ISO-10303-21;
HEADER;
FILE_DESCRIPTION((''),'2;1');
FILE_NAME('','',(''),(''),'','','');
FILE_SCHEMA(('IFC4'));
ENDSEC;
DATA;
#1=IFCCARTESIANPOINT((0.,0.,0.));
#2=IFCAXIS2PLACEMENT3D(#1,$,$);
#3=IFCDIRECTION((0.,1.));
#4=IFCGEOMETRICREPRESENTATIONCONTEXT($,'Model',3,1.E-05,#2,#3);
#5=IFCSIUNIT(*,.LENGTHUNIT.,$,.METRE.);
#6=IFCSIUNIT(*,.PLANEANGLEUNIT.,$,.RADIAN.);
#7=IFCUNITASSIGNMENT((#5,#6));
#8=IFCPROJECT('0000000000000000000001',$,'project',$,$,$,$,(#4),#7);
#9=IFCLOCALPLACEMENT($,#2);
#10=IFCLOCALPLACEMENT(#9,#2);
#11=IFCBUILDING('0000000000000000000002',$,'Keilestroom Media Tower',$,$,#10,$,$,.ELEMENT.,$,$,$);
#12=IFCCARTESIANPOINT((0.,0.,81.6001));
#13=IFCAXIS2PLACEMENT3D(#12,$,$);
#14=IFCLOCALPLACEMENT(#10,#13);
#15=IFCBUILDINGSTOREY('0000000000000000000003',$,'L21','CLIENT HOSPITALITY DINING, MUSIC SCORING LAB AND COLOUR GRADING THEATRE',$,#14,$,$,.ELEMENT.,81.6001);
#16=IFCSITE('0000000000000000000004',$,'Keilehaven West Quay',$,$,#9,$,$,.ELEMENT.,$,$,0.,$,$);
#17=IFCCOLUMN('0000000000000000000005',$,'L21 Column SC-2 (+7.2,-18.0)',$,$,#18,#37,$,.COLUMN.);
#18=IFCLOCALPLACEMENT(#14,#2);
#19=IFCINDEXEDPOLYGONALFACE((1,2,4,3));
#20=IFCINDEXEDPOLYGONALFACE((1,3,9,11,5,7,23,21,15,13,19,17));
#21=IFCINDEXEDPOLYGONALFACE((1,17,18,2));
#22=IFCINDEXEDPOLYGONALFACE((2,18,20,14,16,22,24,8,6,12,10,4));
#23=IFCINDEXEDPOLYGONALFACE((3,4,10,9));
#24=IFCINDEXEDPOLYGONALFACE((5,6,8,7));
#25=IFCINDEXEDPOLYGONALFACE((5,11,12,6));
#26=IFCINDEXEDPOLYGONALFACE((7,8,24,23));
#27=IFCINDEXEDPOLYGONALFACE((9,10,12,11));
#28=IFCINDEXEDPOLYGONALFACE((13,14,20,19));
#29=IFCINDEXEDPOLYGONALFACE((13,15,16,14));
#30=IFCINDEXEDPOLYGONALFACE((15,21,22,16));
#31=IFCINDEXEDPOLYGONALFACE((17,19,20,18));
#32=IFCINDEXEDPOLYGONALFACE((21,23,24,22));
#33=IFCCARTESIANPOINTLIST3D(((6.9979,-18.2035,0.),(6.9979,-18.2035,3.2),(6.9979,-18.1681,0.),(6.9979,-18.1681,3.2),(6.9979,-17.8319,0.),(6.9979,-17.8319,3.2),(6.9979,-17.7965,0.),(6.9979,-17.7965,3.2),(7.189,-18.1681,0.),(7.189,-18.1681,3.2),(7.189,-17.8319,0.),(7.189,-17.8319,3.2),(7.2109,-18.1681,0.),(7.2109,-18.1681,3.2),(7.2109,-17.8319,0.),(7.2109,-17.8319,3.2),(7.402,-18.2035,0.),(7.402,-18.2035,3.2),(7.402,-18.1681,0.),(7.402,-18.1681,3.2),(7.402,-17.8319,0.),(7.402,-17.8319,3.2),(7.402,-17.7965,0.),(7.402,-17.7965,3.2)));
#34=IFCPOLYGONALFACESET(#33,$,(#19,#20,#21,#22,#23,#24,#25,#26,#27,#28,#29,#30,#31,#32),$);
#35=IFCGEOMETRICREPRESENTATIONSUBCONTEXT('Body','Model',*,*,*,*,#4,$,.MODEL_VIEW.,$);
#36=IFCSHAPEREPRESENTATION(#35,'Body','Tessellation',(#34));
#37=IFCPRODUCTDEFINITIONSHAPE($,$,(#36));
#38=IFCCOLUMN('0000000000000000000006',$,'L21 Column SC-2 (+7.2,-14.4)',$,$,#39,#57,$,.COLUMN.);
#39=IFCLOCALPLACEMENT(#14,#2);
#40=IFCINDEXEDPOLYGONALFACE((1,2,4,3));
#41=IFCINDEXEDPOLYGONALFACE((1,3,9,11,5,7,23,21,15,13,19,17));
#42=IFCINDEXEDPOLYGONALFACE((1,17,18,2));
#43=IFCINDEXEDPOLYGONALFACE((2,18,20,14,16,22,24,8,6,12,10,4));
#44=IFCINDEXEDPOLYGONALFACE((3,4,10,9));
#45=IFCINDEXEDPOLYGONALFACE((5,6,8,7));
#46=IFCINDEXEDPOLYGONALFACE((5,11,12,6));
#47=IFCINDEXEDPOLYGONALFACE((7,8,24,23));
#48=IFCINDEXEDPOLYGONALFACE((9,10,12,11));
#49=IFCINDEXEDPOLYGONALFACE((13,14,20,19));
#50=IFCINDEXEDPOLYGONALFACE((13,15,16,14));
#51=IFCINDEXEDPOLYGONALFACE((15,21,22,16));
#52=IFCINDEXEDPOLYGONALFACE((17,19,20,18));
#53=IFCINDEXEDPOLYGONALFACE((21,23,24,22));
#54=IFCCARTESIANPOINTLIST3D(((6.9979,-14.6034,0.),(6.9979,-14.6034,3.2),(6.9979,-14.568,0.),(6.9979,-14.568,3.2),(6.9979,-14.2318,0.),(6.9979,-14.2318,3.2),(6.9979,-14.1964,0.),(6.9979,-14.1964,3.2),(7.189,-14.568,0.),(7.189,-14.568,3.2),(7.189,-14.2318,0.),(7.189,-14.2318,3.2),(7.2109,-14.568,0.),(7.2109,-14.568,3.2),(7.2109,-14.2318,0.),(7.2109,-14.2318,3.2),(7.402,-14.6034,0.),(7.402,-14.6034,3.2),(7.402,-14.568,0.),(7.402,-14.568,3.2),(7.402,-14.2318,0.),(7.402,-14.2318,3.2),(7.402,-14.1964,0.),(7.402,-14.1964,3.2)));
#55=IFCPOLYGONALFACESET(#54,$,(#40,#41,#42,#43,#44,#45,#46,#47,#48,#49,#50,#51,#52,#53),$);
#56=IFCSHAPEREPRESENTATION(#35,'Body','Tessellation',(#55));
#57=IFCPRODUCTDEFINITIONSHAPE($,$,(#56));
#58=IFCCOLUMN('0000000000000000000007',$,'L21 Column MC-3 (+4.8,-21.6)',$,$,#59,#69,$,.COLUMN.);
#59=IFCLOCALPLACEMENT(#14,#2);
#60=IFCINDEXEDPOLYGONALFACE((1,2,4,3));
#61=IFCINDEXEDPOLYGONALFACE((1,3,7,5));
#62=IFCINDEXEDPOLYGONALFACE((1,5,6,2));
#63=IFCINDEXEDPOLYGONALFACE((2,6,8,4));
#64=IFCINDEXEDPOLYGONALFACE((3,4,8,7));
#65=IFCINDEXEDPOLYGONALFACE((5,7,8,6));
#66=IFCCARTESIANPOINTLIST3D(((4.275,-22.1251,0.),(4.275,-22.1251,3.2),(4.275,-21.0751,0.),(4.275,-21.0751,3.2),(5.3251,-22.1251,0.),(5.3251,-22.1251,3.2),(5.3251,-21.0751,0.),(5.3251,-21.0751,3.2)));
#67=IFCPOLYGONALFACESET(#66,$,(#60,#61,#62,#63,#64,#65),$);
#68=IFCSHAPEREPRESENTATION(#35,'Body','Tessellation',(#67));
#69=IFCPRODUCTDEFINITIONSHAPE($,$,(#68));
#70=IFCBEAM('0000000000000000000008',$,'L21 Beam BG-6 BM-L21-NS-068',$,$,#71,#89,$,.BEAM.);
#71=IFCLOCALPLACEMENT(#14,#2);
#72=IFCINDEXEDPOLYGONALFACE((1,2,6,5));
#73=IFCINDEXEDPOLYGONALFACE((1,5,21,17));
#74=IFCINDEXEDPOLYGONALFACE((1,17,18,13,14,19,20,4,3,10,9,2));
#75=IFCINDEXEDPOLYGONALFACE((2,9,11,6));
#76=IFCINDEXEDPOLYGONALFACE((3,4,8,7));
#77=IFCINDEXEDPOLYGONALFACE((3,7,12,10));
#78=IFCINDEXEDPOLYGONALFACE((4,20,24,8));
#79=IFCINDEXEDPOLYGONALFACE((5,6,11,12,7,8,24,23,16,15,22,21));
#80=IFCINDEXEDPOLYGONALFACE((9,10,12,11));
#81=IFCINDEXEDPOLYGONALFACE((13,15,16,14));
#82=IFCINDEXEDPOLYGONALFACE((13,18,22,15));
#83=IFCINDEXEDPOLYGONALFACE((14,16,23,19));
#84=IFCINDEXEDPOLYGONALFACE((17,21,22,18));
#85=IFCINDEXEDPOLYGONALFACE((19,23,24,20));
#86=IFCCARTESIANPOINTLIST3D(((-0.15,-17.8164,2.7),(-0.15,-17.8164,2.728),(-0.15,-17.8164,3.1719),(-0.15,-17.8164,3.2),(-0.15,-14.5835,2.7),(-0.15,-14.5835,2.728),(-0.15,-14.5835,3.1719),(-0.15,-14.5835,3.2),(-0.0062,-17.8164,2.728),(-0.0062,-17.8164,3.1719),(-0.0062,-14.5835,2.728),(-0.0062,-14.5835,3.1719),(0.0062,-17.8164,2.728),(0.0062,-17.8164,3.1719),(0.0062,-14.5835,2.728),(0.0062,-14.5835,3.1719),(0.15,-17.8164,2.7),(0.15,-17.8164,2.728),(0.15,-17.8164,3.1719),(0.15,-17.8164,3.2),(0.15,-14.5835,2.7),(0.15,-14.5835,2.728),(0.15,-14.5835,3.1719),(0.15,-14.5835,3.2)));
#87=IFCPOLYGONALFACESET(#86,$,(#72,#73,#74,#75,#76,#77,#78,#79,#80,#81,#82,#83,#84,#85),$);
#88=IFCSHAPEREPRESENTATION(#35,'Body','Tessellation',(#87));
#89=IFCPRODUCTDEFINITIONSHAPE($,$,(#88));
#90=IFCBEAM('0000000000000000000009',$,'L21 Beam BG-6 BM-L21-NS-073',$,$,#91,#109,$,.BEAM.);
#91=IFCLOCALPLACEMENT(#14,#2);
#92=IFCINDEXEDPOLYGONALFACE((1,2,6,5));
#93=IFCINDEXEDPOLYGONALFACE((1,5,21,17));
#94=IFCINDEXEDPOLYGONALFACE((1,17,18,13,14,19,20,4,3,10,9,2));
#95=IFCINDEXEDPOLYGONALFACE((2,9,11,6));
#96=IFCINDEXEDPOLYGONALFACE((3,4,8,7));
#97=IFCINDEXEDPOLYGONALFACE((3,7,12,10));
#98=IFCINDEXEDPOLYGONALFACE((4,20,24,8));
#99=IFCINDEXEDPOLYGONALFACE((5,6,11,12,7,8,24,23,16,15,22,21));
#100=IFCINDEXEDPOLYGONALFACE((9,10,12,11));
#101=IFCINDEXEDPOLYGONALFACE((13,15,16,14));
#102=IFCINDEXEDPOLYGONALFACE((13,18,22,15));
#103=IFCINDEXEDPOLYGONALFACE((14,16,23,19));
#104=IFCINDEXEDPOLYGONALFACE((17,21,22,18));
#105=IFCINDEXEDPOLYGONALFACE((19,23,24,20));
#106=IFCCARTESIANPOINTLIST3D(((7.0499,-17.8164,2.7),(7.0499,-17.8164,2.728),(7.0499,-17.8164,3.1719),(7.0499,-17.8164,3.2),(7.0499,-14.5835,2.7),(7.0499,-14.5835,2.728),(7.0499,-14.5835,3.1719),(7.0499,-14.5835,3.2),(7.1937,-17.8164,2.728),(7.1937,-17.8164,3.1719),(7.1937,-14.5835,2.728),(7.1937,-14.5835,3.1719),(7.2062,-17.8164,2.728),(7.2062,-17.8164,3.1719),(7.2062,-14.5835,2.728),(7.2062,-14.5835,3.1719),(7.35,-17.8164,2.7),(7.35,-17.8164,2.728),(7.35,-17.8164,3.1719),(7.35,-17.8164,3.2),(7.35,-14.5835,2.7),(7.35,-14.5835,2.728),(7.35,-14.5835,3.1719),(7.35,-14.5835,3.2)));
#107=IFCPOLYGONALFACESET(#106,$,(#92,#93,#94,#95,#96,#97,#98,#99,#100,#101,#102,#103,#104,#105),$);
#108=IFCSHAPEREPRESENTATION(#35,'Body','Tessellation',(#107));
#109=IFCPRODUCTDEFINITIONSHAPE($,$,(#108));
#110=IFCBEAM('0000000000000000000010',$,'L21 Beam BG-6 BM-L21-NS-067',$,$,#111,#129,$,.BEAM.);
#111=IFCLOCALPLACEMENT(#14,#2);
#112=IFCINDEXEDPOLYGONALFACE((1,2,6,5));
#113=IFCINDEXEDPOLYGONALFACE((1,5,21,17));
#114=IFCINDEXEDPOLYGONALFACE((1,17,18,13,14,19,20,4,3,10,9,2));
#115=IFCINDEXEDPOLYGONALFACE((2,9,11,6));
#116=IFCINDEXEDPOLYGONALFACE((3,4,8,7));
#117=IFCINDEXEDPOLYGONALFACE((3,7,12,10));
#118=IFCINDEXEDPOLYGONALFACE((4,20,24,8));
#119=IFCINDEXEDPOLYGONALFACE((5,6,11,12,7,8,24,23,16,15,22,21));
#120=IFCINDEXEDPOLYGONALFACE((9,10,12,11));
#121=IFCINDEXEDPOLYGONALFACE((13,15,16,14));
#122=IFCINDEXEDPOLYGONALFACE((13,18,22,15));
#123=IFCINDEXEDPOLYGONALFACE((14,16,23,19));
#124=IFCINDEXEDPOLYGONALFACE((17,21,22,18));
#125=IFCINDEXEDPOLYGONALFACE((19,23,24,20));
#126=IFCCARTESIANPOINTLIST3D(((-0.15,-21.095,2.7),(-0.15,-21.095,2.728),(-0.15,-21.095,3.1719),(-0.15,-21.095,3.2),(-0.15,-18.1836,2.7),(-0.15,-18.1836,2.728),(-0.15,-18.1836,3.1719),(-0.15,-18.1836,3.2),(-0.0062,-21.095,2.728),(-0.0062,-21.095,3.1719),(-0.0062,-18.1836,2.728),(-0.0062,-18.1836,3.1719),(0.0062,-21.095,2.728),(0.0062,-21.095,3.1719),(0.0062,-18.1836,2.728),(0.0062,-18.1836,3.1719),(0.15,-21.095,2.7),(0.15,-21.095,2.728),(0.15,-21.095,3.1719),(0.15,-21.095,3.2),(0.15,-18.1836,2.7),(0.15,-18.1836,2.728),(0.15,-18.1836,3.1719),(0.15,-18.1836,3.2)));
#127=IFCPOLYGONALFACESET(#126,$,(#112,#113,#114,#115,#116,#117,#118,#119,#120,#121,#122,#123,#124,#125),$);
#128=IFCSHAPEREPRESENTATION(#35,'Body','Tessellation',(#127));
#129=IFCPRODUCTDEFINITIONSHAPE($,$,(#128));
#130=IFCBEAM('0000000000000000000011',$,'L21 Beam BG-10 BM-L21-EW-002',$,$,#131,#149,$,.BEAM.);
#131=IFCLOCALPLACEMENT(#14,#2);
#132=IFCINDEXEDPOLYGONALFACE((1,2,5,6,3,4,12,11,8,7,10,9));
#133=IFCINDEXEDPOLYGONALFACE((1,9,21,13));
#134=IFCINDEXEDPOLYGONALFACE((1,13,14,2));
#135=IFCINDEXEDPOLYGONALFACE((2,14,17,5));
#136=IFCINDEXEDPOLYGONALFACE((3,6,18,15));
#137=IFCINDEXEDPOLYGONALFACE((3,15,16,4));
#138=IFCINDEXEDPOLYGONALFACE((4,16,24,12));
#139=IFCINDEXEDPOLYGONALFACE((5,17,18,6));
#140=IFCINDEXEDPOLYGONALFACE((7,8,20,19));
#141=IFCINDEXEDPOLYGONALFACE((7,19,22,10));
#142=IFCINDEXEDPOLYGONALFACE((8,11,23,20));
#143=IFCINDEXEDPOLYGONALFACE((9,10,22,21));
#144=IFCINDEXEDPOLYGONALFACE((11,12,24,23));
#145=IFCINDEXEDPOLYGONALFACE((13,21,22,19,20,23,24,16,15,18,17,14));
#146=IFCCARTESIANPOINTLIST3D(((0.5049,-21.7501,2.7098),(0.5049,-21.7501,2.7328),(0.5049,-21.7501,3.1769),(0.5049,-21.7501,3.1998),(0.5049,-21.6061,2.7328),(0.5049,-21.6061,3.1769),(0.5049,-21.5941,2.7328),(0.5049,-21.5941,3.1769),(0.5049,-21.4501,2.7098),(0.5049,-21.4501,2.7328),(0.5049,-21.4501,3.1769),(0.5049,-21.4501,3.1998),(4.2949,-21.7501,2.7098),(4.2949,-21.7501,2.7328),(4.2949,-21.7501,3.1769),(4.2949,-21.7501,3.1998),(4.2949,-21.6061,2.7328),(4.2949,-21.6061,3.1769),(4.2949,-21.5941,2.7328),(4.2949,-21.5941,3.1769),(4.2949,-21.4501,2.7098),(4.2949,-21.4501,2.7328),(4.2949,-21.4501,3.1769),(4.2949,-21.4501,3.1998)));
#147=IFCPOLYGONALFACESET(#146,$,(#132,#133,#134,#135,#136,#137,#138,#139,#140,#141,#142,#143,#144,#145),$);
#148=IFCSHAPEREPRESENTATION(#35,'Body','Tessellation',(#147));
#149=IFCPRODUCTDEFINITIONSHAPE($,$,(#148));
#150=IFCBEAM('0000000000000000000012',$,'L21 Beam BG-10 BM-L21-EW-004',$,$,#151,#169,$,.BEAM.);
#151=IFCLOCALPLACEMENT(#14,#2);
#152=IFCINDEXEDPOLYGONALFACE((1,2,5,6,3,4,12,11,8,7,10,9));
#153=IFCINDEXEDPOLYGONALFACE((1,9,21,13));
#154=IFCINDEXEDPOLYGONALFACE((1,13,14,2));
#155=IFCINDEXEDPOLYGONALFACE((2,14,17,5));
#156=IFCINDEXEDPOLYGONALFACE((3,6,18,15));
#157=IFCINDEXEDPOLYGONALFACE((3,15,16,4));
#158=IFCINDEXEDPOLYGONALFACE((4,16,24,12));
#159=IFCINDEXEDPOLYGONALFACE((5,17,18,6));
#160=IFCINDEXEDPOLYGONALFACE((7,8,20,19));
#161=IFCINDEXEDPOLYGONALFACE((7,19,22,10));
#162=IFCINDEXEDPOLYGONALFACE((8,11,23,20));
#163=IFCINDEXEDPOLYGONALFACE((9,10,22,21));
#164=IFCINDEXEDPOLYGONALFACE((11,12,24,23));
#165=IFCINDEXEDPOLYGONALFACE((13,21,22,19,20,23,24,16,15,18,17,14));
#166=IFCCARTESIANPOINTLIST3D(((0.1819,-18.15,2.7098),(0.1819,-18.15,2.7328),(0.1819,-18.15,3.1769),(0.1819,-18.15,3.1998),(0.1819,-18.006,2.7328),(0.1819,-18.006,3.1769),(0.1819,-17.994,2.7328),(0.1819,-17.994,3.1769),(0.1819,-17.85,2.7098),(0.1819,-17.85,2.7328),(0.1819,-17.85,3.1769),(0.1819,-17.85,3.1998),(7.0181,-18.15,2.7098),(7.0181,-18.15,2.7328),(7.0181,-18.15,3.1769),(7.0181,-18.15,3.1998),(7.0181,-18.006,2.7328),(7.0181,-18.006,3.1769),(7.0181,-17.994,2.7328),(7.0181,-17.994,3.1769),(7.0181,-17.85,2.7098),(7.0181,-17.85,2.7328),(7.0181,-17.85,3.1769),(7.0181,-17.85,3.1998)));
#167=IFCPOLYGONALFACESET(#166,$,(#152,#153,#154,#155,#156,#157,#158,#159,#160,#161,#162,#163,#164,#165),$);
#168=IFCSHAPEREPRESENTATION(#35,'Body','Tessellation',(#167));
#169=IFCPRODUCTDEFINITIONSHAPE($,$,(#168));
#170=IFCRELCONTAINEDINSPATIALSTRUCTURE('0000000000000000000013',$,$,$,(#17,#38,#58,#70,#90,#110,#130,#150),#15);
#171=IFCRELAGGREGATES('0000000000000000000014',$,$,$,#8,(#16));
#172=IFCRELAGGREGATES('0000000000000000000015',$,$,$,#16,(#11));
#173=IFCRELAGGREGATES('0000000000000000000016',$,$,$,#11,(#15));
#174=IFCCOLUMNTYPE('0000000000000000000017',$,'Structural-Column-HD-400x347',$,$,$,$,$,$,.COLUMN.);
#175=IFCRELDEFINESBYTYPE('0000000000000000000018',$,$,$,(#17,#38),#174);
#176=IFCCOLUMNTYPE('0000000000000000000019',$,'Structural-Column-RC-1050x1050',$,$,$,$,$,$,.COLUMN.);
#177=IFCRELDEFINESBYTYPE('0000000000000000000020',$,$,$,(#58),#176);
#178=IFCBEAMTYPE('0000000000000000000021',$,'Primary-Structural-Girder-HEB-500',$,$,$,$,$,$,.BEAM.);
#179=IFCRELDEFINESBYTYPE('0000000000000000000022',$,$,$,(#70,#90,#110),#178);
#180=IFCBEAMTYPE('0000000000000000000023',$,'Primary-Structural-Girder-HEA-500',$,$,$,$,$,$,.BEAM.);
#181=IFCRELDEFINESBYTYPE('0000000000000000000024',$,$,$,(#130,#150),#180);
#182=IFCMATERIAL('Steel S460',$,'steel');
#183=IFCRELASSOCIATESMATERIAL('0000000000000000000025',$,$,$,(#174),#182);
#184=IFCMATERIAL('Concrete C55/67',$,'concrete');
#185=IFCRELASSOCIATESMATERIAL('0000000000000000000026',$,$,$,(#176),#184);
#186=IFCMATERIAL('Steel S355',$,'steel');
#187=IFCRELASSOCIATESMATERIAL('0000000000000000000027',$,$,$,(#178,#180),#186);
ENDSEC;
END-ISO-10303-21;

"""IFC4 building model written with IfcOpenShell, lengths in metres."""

from ifc_helpers import new_model, si_unit, direction, frame, origin, origin_2d, place, context, subcontext, project, spatial, rectangle, i_section, extrude, source, transform, mapped, material, material_profile, profile_set, type_object, element, save


model = new_model("IFC4")

# Units and contexts
model_context = context("Model", 3, precision=1e-05, world=origin(), true_north=direction((0.0, 1.0)))
body_context = subcontext(model_context, "Body", "Model", "MODEL_VIEW")
ifc_project = project(units=[si_unit("LENGTHUNIT", "METRE"), si_unit("PLANEANGLEUNIT", "RADIAN")], contexts=[model_context])

# Site, building, storey
site_placement = place(None, origin())
site = spatial("IfcSite", under=ifc_project, at=site_placement, Name="Keilehaven West Quay", CompositionType="ELEMENT", RefElevation=0.0)
building_placement = place(site_placement, origin())
building = spatial("IfcBuilding", under=site, at=building_placement, Name="Keilestroom Media Tower", CompositionType="ELEMENT")
storey_placement = place(building_placement, frame((0.0, 0.0, 81.6001)))
storey = spatial("IfcBuildingStorey", under=building, at=storey_placement, Name="L21", Description="CLIENT HOSPITALITY DINING, MUSIC SCORING LAB AND COLOUR GRADING THEATRE", CompositionType="ELEMENT", Elevation=81.6001)

# Columns
ifc_material_1 = material(Name="Steel S460", Category="steel")
ifc_material_profile_1 = material_profile(ifc_material_1, i_section(OverallWidth=0.4041, OverallDepth=0.407, WebThickness=0.022, FlangeThickness=0.0354, at=origin_2d()), Name="HD 400x347")
ifc_profile_set_1 = profile_set([ifc_material_profile_1], Name="Steel S460")
column_type_1 = type_object("IfcColumnType", Name="Structural-Column-HD-400x347", PredefinedType="COLUMN", material=ifc_profile_set_1)
shared_shape_1 = source(origin(), body_context, "Body", "SweptSolid", [
    extrude(i_section(OverallWidth=0.4041, OverallDepth=0.407, WebThickness=0.022, FlangeThickness=0.0354, at=origin_2d()), origin(), (0.0, 0.0, 1.0), 3.2),
])
for number, where, z_axis, x_axis, name in (
    (1, (7.2, -18.0, 0.0), (0.0, 0.0, 1.0), (1.0, 0.0, 0.0), "L21 Column SC-2 (+7.2,-18.0)"),
    (2, (7.2, -14.3999, 0.0), (0.0, 0.0, 1.0), (1.0, 0.0, 0.0), "L21 Column SC-2 (+7.2,-14.4)"),
):
    element("IfcColumn", number, at=place(storey_placement, frame(where, z_axis=z_axis, x_axis=x_axis)), inside=storey, type_object=column_type_1, Name=name, PredefinedType="COLUMN", context=body_context, shape_type="MappedRepresentation", body=[
        mapped(shared_shape_1, transform((0.0, 0.0, 0.0), x_axis=(1.0, 0.0, 0.0), y_axis=(0.0, 1.0, 0.0), z_axis=(0.0, 0.0, 1.0), scale=1.0)),
    ])
ifc_material_2 = material(Name="Concrete C55/67", Category="concrete")
ifc_material_profile_2 = material_profile(ifc_material_2, rectangle(XDim=1.05, YDim=1.05, at=origin_2d()), Name="RC 1050x1050")
ifc_profile_set_2 = profile_set([ifc_material_profile_2], Name="Concrete C55/67")
column_type_2 = type_object("IfcColumnType", Name="Structural-Column-RC-1050x1050", PredefinedType="COLUMN", material=ifc_profile_set_2)
shared_shape_2 = source(origin(), body_context, "Body", "SweptSolid", [
    extrude(rectangle(XDim=1.05, YDim=1.05, at=origin_2d()), origin(), (0.0, 0.0, 1.0), 3.2),
])
column_placement = place(storey_placement, frame((4.8, -21.6001, 0.0), z_axis=(0.0, 0.0, 1.0), x_axis=(1.0, 0.0, 0.0)))
element("IfcColumn", 3, at=column_placement, inside=storey, type_object=column_type_2, Name="L21 Column MC-3 (+4.8,-21.6)", PredefinedType="COLUMN", context=body_context, shape_type="MappedRepresentation", body=[
    mapped(shared_shape_2, transform((0.0, 0.0, 0.0), x_axis=(1.0, 0.0, 0.0), y_axis=(0.0, 1.0, 0.0), z_axis=(0.0, 0.0, 1.0), scale=1.0)),
])

# Beams
ifc_material_3 = material(Name="Steel S355", Category="steel")
ifc_material_profile_3 = material_profile(ifc_material_3, i_section(OverallWidth=0.3, OverallDepth=0.5, WebThickness=0.0125, FlangeThickness=0.0281, at=origin_2d()), Name="HEB 500")
ifc_profile_set_3 = profile_set([ifc_material_profile_3], Name="Steel S355")
beam_type_1 = type_object("IfcBeamType", Name="Primary-Structural-Girder-HEB-500", PredefinedType="BEAM", material=ifc_profile_set_3)
shared_shape_3 = source(origin(), body_context, "Body", "SweptSolid", [
    extrude(i_section(OverallWidth=0.3, OverallDepth=0.5, WebThickness=0.0125, FlangeThickness=0.0281, at=origin_2d()), origin(), (0.0, 0.0, 1.0), 3.2329),
])
for number, where, z_axis, x_axis, name in (
    (4, (0.0, -17.8164, 2.95), (0.0, 1.0, 0.0), (-1.0, 0.0, 0.0), "L21 Beam BG-6 BM-L21-NS-068"),
    (5, (7.2, -17.8164, 2.95), (0.0, 1.0, 0.0), (-1.0, 0.0, 0.0), "L21 Beam BG-6 BM-L21-NS-073"),
):
    element("IfcBeam", number, at=place(storey_placement, frame(where, z_axis=z_axis, x_axis=x_axis)), inside=storey, type_object=beam_type_1, Name=name, PredefinedType="BEAM", context=body_context, shape_type="MappedRepresentation", body=[
        mapped(shared_shape_3, transform((0.0, 0.0, 0.0), x_axis=(1.0, 0.0, 0.0), y_axis=(0.0, 1.0, 0.0), z_axis=(0.0, 0.0, 1.0), scale=1.0)),
    ])
shared_shape_4 = source(origin(), body_context, "Body", "SweptSolid", [
    extrude(i_section(OverallWidth=0.3, OverallDepth=0.5, WebThickness=0.0125, FlangeThickness=0.0281, at=origin_2d()), origin(), (0.0, 0.0, 1.0), 2.9114),
])
beam_1_placement = place(storey_placement, frame((0.0, -21.095, 2.95), z_axis=(0.0, 1.0, 0.0), x_axis=(-1.0, 0.0, 0.0)))
element("IfcBeam", 6, at=beam_1_placement, inside=storey, type_object=beam_type_1, Name="L21 Beam BG-6 BM-L21-NS-067", PredefinedType="BEAM", context=body_context, shape_type="MappedRepresentation", body=[
    mapped(shared_shape_4, transform((0.0, 0.0, 0.0), x_axis=(1.0, 0.0, 0.0), y_axis=(0.0, 1.0, 0.0), z_axis=(0.0, 0.0, 1.0), scale=1.0)),
])
ifc_material_profile_4 = material_profile(ifc_material_3, i_section(OverallWidth=0.3, OverallDepth=0.49, WebThickness=0.012, FlangeThickness=0.0229, at=origin_2d()), Name="HEA 500")
ifc_profile_set_4 = profile_set([ifc_material_profile_4], Name="Steel S355")
beam_type_2 = type_object("IfcBeamType", Name="Primary-Structural-Girder-HEA-500", PredefinedType="BEAM", material=ifc_profile_set_4)
shared_shape_5 = source(origin(), body_context, "Body", "SweptSolid", [
    extrude(i_section(OverallWidth=0.3, OverallDepth=0.49, WebThickness=0.012, FlangeThickness=0.0229, at=origin_2d()), origin(), (0.0, 0.0, 1.0), 3.79),
])
beam_2_placement = place(storey_placement, frame((0.5049, -21.6001, 2.9548), z_axis=(1.0, 0.0, 0.0), x_axis=(0.0, 1.0, 0.0)))
element("IfcBeam", 7, at=beam_2_placement, inside=storey, type_object=beam_type_2, Name="L21 Beam BG-10 BM-L21-EW-002", PredefinedType="BEAM", context=body_context, shape_type="MappedRepresentation", body=[
    mapped(shared_shape_5, transform((0.0, 0.0, 0.0), x_axis=(1.0, 0.0, 0.0), y_axis=(0.0, 1.0, 0.0), z_axis=(0.0, 0.0, 1.0), scale=1.0)),
])
shared_shape_6 = source(origin(), body_context, "Body", "SweptSolid", [
    extrude(i_section(OverallWidth=0.3, OverallDepth=0.49, WebThickness=0.012, FlangeThickness=0.0229, at=origin_2d()), origin(), (0.0, 0.0, 1.0), 6.8362),
])
for number, where, z_axis, x_axis, name in (
    (8, (0.1819, -18.0, 2.9548), (1.0, 0.0, 0.0), (0.0, 1.0, 0.0), "L21 Beam BG-10 BM-L21-EW-004"),
):
    element("IfcBeam", number, at=place(storey_placement, frame(where, z_axis=z_axis, x_axis=x_axis)), inside=storey, type_object=beam_type_2, Name=name, PredefinedType="BEAM", context=body_context, shape_type="MappedRepresentation", body=[
        mapped(shared_shape_6, transform((0.0, 0.0, 0.0), x_axis=(1.0, 0.0, 0.0), y_axis=(0.0, 1.0, 0.0), z_axis=(0.0, 0.0, 1.0), scale=1.0)),
    ])

save(model, "model.ifc")
